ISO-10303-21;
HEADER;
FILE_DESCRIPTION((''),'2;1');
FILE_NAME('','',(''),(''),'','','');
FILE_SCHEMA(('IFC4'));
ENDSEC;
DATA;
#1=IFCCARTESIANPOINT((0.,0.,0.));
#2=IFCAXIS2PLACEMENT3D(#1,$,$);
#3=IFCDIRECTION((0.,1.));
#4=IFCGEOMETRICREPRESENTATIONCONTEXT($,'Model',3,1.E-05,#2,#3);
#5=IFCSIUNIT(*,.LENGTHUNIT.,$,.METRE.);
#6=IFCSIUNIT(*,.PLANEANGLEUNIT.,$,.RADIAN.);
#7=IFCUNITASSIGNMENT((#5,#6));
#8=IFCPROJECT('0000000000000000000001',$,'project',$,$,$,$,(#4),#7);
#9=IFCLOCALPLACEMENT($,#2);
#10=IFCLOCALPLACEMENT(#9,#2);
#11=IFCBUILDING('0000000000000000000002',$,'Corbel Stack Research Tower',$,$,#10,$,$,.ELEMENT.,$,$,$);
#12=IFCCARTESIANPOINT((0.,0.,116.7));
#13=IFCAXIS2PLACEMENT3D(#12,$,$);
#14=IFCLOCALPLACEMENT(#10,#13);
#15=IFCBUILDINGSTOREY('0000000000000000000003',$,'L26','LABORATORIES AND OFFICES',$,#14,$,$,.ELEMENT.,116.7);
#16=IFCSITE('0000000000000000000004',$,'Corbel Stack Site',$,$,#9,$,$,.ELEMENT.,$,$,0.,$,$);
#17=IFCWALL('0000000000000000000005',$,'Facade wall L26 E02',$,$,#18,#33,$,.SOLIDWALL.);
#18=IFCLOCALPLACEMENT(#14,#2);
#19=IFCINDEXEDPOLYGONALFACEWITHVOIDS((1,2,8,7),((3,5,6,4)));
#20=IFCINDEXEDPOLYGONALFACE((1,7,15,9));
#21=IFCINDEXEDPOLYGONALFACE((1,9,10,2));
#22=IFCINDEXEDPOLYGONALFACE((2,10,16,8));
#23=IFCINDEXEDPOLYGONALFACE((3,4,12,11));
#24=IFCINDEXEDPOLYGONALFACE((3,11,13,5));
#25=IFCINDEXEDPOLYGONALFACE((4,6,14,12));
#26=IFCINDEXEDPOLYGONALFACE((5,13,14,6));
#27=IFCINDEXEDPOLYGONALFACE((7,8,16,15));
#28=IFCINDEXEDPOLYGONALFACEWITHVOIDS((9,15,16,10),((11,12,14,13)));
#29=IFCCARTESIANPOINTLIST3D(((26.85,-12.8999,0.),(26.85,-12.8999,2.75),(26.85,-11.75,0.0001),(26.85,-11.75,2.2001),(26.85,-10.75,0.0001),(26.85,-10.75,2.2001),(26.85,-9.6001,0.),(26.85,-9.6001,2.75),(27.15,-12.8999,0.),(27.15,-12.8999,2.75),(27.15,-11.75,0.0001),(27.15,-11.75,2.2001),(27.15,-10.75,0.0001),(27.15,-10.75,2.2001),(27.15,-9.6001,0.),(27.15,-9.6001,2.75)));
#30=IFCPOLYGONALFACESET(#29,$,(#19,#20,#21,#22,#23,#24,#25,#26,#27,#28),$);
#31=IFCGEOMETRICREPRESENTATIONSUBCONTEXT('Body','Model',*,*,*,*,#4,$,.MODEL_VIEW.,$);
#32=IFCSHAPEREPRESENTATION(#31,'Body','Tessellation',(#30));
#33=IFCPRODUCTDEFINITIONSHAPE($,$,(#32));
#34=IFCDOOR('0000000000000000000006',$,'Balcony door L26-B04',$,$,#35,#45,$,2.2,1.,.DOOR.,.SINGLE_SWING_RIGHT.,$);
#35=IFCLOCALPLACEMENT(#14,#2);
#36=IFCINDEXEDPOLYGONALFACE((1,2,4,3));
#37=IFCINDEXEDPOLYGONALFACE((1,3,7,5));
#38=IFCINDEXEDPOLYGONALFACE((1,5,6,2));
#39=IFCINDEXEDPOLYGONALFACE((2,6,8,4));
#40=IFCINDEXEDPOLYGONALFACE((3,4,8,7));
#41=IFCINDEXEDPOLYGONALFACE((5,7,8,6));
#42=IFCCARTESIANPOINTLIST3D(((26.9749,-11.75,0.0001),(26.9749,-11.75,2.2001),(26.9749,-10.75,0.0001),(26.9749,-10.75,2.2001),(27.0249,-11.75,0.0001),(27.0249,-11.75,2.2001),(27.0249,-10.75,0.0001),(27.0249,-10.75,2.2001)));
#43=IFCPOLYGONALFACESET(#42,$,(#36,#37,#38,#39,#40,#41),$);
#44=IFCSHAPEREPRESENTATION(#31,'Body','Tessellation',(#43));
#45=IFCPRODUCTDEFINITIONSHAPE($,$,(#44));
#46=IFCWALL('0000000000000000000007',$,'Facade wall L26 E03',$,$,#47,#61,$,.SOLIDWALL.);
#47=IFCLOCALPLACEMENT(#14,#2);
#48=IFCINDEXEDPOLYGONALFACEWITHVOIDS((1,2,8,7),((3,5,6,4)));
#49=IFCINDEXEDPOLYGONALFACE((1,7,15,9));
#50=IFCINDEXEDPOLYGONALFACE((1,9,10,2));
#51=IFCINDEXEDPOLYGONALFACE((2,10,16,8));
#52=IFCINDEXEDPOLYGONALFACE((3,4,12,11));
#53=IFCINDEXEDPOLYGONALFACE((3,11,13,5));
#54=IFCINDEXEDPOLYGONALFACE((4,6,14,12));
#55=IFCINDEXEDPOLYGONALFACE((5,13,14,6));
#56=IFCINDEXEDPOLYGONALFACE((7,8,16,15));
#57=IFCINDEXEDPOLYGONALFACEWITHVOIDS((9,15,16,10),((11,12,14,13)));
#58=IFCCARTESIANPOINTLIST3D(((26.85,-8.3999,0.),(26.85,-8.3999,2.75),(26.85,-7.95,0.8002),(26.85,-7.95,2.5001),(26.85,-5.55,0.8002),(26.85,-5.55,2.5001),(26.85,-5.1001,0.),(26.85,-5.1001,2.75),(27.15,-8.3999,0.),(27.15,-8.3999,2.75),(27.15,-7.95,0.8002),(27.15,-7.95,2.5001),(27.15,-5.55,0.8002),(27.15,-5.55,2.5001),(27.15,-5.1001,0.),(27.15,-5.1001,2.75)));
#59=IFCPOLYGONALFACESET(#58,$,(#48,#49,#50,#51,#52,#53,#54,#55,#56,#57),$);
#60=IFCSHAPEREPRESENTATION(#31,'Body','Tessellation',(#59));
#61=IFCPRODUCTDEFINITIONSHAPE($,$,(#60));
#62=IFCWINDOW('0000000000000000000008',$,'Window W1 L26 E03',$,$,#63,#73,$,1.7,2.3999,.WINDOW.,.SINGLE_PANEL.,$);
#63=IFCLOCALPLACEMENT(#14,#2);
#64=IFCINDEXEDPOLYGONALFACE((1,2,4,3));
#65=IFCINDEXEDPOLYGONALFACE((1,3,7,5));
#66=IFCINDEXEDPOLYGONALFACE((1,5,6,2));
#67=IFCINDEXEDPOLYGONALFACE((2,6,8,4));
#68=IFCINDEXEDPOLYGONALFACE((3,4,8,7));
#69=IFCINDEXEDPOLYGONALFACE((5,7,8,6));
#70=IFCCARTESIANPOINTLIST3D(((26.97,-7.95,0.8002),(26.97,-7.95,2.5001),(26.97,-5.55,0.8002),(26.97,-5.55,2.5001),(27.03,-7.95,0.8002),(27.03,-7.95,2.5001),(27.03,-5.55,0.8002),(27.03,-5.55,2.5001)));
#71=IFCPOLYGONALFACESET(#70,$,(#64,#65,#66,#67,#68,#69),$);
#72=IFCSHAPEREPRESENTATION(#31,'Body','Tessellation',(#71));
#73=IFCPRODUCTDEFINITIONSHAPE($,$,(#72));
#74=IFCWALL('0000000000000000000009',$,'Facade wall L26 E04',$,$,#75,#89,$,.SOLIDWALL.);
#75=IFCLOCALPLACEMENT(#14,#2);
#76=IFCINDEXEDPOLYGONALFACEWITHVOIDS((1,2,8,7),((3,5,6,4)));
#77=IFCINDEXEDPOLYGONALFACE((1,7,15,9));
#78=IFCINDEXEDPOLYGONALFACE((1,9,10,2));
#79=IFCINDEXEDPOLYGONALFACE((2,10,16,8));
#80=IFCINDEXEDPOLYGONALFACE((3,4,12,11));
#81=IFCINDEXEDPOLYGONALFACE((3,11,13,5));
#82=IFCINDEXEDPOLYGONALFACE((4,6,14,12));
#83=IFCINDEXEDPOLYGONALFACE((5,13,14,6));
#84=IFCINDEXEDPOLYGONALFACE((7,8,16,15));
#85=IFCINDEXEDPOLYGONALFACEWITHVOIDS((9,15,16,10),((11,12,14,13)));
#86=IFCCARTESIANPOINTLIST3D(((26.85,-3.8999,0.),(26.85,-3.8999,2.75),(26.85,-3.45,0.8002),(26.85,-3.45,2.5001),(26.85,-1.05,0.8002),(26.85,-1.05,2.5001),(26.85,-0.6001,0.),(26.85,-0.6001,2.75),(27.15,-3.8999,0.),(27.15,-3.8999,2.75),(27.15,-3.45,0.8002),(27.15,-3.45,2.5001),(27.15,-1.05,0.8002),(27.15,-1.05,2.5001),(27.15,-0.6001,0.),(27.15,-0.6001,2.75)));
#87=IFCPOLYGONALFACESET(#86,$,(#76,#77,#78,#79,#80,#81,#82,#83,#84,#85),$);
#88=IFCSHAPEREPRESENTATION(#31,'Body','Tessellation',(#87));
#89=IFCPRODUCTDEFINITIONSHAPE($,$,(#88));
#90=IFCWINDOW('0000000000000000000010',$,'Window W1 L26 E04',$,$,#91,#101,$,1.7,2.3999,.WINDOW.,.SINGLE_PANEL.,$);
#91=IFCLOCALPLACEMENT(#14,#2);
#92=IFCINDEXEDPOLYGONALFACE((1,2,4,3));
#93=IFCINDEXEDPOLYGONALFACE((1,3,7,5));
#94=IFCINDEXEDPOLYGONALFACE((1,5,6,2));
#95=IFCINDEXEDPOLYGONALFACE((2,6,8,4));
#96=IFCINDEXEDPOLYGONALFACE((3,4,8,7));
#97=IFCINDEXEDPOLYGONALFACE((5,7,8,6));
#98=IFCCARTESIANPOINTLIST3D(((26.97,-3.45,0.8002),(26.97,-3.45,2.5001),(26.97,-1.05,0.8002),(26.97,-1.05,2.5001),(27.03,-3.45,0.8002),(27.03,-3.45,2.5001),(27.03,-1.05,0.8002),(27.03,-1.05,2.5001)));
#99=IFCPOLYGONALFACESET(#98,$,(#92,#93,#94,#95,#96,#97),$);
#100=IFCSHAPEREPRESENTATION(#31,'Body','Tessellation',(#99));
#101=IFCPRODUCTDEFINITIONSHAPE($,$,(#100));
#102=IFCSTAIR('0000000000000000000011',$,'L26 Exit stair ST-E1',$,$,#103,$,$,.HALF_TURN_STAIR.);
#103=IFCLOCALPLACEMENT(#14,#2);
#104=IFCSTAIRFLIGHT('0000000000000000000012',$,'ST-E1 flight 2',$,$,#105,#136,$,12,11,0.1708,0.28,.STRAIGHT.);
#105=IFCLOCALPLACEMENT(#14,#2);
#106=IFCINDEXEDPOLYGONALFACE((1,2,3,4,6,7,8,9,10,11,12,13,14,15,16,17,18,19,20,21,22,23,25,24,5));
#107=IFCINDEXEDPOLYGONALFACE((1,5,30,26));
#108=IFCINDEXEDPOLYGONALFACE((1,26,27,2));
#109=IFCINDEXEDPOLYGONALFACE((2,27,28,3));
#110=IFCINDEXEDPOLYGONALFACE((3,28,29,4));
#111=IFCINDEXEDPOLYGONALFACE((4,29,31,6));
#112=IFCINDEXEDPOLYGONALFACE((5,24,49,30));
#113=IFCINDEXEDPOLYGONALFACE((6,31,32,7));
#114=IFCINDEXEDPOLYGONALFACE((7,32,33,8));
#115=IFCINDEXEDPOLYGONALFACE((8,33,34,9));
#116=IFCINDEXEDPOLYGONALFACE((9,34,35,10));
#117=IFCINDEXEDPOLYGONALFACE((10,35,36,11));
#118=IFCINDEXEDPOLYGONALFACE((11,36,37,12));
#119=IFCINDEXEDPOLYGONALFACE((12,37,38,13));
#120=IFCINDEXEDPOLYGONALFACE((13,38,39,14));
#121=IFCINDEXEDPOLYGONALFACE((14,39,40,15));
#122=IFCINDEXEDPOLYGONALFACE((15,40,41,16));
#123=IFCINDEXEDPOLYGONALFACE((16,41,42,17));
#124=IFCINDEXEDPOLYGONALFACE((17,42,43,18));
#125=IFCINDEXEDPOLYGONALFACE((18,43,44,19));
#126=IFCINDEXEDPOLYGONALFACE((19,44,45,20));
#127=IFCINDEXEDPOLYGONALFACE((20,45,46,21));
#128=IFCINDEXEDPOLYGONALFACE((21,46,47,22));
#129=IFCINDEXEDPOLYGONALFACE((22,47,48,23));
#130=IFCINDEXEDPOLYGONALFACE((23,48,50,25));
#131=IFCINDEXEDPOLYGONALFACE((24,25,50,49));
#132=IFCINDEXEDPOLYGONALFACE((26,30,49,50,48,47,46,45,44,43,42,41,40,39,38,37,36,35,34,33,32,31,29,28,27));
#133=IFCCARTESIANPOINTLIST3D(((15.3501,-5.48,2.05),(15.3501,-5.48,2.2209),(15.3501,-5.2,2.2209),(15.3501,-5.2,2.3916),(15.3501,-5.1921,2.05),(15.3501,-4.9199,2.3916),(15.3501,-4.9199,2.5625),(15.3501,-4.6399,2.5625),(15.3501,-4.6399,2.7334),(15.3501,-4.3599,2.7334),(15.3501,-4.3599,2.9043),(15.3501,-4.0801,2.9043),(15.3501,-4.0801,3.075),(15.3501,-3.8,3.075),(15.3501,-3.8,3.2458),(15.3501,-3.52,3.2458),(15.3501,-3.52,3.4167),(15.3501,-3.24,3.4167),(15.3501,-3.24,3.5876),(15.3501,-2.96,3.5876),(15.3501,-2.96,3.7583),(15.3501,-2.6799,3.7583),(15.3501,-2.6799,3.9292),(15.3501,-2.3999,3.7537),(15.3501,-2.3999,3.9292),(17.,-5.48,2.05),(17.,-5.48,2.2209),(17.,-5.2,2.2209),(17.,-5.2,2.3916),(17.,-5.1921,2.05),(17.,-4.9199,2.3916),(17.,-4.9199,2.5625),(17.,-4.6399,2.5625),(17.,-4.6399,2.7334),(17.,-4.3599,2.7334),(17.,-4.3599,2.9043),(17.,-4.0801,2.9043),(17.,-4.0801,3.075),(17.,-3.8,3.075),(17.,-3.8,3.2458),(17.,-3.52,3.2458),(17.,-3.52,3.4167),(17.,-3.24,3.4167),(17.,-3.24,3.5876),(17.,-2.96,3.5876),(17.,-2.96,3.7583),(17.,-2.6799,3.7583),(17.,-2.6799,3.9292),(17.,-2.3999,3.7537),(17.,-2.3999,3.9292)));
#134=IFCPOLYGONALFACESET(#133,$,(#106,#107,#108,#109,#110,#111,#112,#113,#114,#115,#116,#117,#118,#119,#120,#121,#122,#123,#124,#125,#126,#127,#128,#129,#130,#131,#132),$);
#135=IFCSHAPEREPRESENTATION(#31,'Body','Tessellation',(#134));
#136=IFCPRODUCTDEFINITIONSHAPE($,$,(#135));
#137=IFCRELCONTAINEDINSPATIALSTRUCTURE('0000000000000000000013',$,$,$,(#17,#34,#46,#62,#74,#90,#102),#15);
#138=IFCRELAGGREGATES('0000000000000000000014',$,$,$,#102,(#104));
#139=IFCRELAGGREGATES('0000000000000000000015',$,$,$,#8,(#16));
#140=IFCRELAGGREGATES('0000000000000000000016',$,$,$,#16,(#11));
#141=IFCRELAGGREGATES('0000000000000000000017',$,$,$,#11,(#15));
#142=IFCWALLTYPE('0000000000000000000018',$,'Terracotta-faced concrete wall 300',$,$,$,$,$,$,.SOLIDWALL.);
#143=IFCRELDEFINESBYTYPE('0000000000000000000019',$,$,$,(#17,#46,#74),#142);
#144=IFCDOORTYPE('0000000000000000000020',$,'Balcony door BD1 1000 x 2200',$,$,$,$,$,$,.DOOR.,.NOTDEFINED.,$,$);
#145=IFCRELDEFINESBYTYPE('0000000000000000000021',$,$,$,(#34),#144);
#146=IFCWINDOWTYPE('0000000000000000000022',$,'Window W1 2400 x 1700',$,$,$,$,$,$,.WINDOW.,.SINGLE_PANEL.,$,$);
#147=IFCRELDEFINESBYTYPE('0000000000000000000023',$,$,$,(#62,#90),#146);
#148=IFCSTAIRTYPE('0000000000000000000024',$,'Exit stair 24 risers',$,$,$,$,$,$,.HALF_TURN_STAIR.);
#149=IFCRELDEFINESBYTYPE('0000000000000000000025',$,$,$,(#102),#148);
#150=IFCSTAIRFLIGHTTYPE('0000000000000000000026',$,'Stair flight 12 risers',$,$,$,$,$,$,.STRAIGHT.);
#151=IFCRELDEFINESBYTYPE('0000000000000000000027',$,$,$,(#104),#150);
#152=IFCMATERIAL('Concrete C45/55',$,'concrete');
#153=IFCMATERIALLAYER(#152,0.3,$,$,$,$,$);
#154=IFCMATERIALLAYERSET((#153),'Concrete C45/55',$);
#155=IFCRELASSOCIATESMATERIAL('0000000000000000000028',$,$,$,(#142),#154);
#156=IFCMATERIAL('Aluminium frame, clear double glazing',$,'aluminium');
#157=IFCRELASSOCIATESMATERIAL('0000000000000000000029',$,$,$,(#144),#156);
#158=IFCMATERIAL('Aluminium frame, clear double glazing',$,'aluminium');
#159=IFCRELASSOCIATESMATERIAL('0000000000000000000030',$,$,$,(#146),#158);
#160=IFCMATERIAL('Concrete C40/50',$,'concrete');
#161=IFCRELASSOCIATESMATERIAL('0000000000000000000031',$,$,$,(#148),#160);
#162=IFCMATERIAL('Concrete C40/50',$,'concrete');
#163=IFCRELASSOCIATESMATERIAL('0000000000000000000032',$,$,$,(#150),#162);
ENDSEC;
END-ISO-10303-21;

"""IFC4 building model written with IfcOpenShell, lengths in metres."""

from ifc_helpers import new_model, si_unit, direction, frame, frame_2d, origin, place, context, subcontext, project, spatial, polyline, rectangle, outline, extrude, material, layer, layer_set, type_object, element, fill, aggregate, save


model = new_model("IFC4")

# Units and contexts
model_context = context("Model", 3, precision=1e-05, world=origin(), true_north=direction((0.0, 1.0)))
body_context = subcontext(model_context, "Body", "Model", "MODEL_VIEW")
ifc_project = project(units=[si_unit("LENGTHUNIT", "METRE"), si_unit("PLANEANGLEUNIT", "RADIAN")], contexts=[model_context])

# Site, building, storey
site_placement = place(None, origin())
site = spatial("IfcSite", under=ifc_project, at=site_placement, Name="Corbel Stack Site", CompositionType="ELEMENT", RefElevation=0.0)
building_placement = place(site_placement, origin())
building = spatial("IfcBuilding", under=site, at=building_placement, Name="Corbel Stack Research Tower", CompositionType="ELEMENT")
storey_placement = place(building_placement, frame((0.0, 0.0, 116.7)))
storey = spatial("IfcBuildingStorey", under=building, at=storey_placement, Name="L26", Description="LABORATORIES AND OFFICES", CompositionType="ELEMENT", Elevation=116.7)

# Wall, opening, door
ifc_material_1 = material(Name="Concrete C45/55", Category="concrete")
ifc_layer_1 = layer(ifc_material_1, 0.3)
ifc_layer_set_1 = layer_set([ifc_layer_1], Name="Concrete C45/55")
wall_type_1 = type_object("IfcWallType", Name="Terracotta-faced concrete wall 300", PredefinedType="SOLIDWALL", material=ifc_layer_set_1)
wall_1_placement = place(storey_placement, frame((27.0, -9.6001, 0.0), z_axis=(0.0, 0.0, 1.0), x_axis=(0.0, -1.0, 0.0)))
wall_1 = element("IfcWall", 1, at=wall_1_placement, inside=storey, type_object=wall_type_1, Name="Facade wall L26 E02", PredefinedType="SOLIDWALL", context=body_context, shape_type="SweptSolid", body=[
    extrude(rectangle(XDim=3.2998, YDim=0.3, at=frame_2d((1.6499, 0.0))), origin(), (0.0, 0.0, 1.0), 2.75),
])
opening_1_placement = place(wall_1_placement, frame((1.1499, 0.0, 0.0)))
opening_1 = element("IfcOpeningElement", 2, at=opening_1_placement, cuts=wall_1, PredefinedType="OPENING", context=body_context, shape_type="SweptSolid", body=[
    extrude(rectangle(XDim=1.0, YDim=2.2, at=frame_2d((0.5, 1.1001))), frame((0.0, 0.1599, 0.0), z_axis=(0.0, -1.0, 0.0), x_axis=(1.0, 0.0, 0.0)), (0.0, 0.0, 1.0), 0.3201),
])
ifc_material_2 = material(Name="Aluminium frame, clear double glazing", Category="aluminium")
door_type_1 = type_object("IfcDoorType", Name="Balcony door BD1 1000 x 2200", OperationType="NOTDEFINED", PredefinedType="DOOR", material=ifc_material_2)
door_1_placement = place(opening_1_placement, origin())
door_1 = element("IfcDoor", 3, at=door_1_placement, inside=storey, type_object=door_type_1, Name="Balcony door L26-B04", OperationType="SINGLE_SWING_RIGHT", OverallHeight=2.2, OverallWidth=1.0, PredefinedType="DOOR", context=body_context, shape_type="SweptSolid", body=[
    extrude(rectangle(XDim=1.0, YDim=2.2, at=frame_2d((0.5, 1.1001))), frame((0.0, 0.0249, 0.0), z_axis=(0.0, -1.0, 0.0), x_axis=(1.0, 0.0, 0.0)), (0.0, 0.0, 1.0), 0.05),
])
fill(opening_1, door_1)

# Walls, openings, windows
wall_2_placement = place(storey_placement, frame((27.0, -5.1001, 0.0), z_axis=(0.0, 0.0, 1.0), x_axis=(0.0, -1.0, 0.0)))
wall_2 = element("IfcWall", 4, at=wall_2_placement, inside=storey, type_object=wall_type_1, Name="Facade wall L26 E03", PredefinedType="SOLIDWALL", context=body_context, shape_type="SweptSolid", body=[
    extrude(rectangle(XDim=3.2998, YDim=0.3, at=frame_2d((1.6499, 0.0))), origin(), (0.0, 0.0, 1.0), 2.75),
])
opening_2_placement = place(wall_2_placement, frame((0.45, 0.0, 0.8)))
opening_2 = element("IfcOpeningElement", 5, at=opening_2_placement, cuts=wall_2, PredefinedType="OPENING", context=body_context, shape_type="SweptSolid", body=[
    extrude(rectangle(XDim=2.3999, YDim=1.7, at=frame_2d((1.2, 0.8501))), frame((0.0, 0.1599, 0.0), z_axis=(0.0, -1.0, 0.0), x_axis=(1.0, 0.0, 0.0)), (0.0, 0.0, 1.0), 0.3201),
])
ifc_material_3 = material(Name="Aluminium frame, clear double glazing", Category="aluminium")
window_type = type_object("IfcWindowType", Name="Window W1 2400 x 1700", PartitioningType="SINGLE_PANEL", PredefinedType="WINDOW", material=ifc_material_3)
window_1_placement = place(opening_2_placement, origin())
window_1 = element("IfcWindow", 6, at=window_1_placement, inside=storey, type_object=window_type, Name="Window W1 L26 E03", OverallHeight=1.7, OverallWidth=2.3999, PartitioningType="SINGLE_PANEL", PredefinedType="WINDOW", context=body_context, shape_type="SweptSolid", body=[
    extrude(rectangle(XDim=2.3999, YDim=1.7, at=frame_2d((1.2, 0.8501))), frame((0.0, 0.03, 0.0), z_axis=(0.0, -1.0, 0.0), x_axis=(1.0, 0.0, 0.0)), (0.0, 0.0, 1.0), 0.0601),
])
fill(opening_2, window_1)
wall_3_placement = place(storey_placement, frame((27.0, -0.6001, 0.0), z_axis=(0.0, 0.0, 1.0), x_axis=(0.0, -1.0, 0.0)))
wall_3 = element("IfcWall", 7, at=wall_3_placement, inside=storey, type_object=wall_type_1, Name="Facade wall L26 E04", PredefinedType="SOLIDWALL", context=body_context, shape_type="SweptSolid", body=[
    extrude(rectangle(XDim=3.2998, YDim=0.3, at=frame_2d((1.6499, 0.0))), origin(), (0.0, 0.0, 1.0), 2.75),
])
opening_3_placement = place(wall_3_placement, frame((0.45, 0.0, 0.8)))
opening_3 = element("IfcOpeningElement", 8, at=opening_3_placement, cuts=wall_3, PredefinedType="OPENING", context=body_context, shape_type="SweptSolid", body=[
    extrude(rectangle(XDim=2.3999, YDim=1.7, at=frame_2d((1.2, 0.8501))), frame((0.0, 0.1599, 0.0), z_axis=(0.0, -1.0, 0.0), x_axis=(1.0, 0.0, 0.0)), (0.0, 0.0, 1.0), 0.3201),
])
window_2_placement = place(opening_3_placement, origin())
window_2 = element("IfcWindow", 9, at=window_2_placement, inside=storey, type_object=window_type, Name="Window W1 L26 E04", OverallHeight=1.7, OverallWidth=2.3999, PartitioningType="SINGLE_PANEL", PredefinedType="WINDOW", context=body_context, shape_type="SweptSolid", body=[
    extrude(rectangle(XDim=2.3999, YDim=1.7, at=frame_2d((1.2, 0.8501))), frame((0.0, 0.03, 0.0), z_axis=(0.0, -1.0, 0.0), x_axis=(1.0, 0.0, 0.0)), (0.0, 0.0, 1.0), 0.0601),
])
fill(opening_3, window_2)

# Stair, stair flight
ifc_material_4 = material(Name="Concrete C40/50", Category="concrete")
stair_type = type_object("IfcStairType", Name="Exit stair 24 risers", PredefinedType="HALF_TURN_STAIR", material=ifc_material_4)
stair_placement = place(storey_placement, origin())
stair = element("IfcStair", 10, at=stair_placement, inside=storey, type_object=stair_type, Name="L26 Exit stair ST-E1", PredefinedType="HALF_TURN_STAIR")
ifc_material_5 = material(Name="Concrete C40/50", Category="concrete")
stair_flight_type = type_object("IfcStairFlightType", Name="Stair flight 12 risers", PredefinedType="STRAIGHT", material=ifc_material_5)
stair_flight_placement = place(storey_placement, frame((16.175, -5.48, 2.05), z_axis=(0.0, 0.0, 1.0), x_axis=(0.0, 1.0, 0.0)))
stair_flight = element("IfcStairFlight", 11, at=stair_flight_placement, type_object=stair_flight_type, Name="ST-E1 flight 2", NumberOfRisers=12, NumberOfTreads=11, PredefinedType="STRAIGHT", RiserHeight=0.1708, TreadLength=0.28, context=body_context, shape_type="SweptSolid", body=[
    extrude(outline(polyline([(0.0, 0.0), (0.0, 0.1709), (0.28, 0.1709), (0.28, 0.3416), (0.5601, 0.3416), (0.5601, 0.5125), (0.8401, 0.5125), (0.8401, 0.6833), (1.1201, 0.6833), (1.1201, 0.8542), (1.3999, 0.8542), (1.3999, 1.0249), (1.6799, 1.0249), (1.6799, 1.1958), (1.96, 1.1958), (1.96, 1.3667), (2.24, 1.3667), (2.24, 1.5376), (2.52, 1.5376), (2.52, 1.7083), (2.8, 1.7083), (2.8, 1.8792), (3.0801, 1.8792), (3.0801, 2.05), (3.0801, 1.7036), (0.2878, 0.0), (0.0, 0.0)])), frame((0.0, 0.825, 0.0), z_axis=(0.0, -1.0, 0.0), x_axis=(1.0, 0.0, 0.0)), (0.0, 0.0, 1.0), 1.6499),
])
aggregate(stair, [stair_flight])

save(model, "model.ifc")
